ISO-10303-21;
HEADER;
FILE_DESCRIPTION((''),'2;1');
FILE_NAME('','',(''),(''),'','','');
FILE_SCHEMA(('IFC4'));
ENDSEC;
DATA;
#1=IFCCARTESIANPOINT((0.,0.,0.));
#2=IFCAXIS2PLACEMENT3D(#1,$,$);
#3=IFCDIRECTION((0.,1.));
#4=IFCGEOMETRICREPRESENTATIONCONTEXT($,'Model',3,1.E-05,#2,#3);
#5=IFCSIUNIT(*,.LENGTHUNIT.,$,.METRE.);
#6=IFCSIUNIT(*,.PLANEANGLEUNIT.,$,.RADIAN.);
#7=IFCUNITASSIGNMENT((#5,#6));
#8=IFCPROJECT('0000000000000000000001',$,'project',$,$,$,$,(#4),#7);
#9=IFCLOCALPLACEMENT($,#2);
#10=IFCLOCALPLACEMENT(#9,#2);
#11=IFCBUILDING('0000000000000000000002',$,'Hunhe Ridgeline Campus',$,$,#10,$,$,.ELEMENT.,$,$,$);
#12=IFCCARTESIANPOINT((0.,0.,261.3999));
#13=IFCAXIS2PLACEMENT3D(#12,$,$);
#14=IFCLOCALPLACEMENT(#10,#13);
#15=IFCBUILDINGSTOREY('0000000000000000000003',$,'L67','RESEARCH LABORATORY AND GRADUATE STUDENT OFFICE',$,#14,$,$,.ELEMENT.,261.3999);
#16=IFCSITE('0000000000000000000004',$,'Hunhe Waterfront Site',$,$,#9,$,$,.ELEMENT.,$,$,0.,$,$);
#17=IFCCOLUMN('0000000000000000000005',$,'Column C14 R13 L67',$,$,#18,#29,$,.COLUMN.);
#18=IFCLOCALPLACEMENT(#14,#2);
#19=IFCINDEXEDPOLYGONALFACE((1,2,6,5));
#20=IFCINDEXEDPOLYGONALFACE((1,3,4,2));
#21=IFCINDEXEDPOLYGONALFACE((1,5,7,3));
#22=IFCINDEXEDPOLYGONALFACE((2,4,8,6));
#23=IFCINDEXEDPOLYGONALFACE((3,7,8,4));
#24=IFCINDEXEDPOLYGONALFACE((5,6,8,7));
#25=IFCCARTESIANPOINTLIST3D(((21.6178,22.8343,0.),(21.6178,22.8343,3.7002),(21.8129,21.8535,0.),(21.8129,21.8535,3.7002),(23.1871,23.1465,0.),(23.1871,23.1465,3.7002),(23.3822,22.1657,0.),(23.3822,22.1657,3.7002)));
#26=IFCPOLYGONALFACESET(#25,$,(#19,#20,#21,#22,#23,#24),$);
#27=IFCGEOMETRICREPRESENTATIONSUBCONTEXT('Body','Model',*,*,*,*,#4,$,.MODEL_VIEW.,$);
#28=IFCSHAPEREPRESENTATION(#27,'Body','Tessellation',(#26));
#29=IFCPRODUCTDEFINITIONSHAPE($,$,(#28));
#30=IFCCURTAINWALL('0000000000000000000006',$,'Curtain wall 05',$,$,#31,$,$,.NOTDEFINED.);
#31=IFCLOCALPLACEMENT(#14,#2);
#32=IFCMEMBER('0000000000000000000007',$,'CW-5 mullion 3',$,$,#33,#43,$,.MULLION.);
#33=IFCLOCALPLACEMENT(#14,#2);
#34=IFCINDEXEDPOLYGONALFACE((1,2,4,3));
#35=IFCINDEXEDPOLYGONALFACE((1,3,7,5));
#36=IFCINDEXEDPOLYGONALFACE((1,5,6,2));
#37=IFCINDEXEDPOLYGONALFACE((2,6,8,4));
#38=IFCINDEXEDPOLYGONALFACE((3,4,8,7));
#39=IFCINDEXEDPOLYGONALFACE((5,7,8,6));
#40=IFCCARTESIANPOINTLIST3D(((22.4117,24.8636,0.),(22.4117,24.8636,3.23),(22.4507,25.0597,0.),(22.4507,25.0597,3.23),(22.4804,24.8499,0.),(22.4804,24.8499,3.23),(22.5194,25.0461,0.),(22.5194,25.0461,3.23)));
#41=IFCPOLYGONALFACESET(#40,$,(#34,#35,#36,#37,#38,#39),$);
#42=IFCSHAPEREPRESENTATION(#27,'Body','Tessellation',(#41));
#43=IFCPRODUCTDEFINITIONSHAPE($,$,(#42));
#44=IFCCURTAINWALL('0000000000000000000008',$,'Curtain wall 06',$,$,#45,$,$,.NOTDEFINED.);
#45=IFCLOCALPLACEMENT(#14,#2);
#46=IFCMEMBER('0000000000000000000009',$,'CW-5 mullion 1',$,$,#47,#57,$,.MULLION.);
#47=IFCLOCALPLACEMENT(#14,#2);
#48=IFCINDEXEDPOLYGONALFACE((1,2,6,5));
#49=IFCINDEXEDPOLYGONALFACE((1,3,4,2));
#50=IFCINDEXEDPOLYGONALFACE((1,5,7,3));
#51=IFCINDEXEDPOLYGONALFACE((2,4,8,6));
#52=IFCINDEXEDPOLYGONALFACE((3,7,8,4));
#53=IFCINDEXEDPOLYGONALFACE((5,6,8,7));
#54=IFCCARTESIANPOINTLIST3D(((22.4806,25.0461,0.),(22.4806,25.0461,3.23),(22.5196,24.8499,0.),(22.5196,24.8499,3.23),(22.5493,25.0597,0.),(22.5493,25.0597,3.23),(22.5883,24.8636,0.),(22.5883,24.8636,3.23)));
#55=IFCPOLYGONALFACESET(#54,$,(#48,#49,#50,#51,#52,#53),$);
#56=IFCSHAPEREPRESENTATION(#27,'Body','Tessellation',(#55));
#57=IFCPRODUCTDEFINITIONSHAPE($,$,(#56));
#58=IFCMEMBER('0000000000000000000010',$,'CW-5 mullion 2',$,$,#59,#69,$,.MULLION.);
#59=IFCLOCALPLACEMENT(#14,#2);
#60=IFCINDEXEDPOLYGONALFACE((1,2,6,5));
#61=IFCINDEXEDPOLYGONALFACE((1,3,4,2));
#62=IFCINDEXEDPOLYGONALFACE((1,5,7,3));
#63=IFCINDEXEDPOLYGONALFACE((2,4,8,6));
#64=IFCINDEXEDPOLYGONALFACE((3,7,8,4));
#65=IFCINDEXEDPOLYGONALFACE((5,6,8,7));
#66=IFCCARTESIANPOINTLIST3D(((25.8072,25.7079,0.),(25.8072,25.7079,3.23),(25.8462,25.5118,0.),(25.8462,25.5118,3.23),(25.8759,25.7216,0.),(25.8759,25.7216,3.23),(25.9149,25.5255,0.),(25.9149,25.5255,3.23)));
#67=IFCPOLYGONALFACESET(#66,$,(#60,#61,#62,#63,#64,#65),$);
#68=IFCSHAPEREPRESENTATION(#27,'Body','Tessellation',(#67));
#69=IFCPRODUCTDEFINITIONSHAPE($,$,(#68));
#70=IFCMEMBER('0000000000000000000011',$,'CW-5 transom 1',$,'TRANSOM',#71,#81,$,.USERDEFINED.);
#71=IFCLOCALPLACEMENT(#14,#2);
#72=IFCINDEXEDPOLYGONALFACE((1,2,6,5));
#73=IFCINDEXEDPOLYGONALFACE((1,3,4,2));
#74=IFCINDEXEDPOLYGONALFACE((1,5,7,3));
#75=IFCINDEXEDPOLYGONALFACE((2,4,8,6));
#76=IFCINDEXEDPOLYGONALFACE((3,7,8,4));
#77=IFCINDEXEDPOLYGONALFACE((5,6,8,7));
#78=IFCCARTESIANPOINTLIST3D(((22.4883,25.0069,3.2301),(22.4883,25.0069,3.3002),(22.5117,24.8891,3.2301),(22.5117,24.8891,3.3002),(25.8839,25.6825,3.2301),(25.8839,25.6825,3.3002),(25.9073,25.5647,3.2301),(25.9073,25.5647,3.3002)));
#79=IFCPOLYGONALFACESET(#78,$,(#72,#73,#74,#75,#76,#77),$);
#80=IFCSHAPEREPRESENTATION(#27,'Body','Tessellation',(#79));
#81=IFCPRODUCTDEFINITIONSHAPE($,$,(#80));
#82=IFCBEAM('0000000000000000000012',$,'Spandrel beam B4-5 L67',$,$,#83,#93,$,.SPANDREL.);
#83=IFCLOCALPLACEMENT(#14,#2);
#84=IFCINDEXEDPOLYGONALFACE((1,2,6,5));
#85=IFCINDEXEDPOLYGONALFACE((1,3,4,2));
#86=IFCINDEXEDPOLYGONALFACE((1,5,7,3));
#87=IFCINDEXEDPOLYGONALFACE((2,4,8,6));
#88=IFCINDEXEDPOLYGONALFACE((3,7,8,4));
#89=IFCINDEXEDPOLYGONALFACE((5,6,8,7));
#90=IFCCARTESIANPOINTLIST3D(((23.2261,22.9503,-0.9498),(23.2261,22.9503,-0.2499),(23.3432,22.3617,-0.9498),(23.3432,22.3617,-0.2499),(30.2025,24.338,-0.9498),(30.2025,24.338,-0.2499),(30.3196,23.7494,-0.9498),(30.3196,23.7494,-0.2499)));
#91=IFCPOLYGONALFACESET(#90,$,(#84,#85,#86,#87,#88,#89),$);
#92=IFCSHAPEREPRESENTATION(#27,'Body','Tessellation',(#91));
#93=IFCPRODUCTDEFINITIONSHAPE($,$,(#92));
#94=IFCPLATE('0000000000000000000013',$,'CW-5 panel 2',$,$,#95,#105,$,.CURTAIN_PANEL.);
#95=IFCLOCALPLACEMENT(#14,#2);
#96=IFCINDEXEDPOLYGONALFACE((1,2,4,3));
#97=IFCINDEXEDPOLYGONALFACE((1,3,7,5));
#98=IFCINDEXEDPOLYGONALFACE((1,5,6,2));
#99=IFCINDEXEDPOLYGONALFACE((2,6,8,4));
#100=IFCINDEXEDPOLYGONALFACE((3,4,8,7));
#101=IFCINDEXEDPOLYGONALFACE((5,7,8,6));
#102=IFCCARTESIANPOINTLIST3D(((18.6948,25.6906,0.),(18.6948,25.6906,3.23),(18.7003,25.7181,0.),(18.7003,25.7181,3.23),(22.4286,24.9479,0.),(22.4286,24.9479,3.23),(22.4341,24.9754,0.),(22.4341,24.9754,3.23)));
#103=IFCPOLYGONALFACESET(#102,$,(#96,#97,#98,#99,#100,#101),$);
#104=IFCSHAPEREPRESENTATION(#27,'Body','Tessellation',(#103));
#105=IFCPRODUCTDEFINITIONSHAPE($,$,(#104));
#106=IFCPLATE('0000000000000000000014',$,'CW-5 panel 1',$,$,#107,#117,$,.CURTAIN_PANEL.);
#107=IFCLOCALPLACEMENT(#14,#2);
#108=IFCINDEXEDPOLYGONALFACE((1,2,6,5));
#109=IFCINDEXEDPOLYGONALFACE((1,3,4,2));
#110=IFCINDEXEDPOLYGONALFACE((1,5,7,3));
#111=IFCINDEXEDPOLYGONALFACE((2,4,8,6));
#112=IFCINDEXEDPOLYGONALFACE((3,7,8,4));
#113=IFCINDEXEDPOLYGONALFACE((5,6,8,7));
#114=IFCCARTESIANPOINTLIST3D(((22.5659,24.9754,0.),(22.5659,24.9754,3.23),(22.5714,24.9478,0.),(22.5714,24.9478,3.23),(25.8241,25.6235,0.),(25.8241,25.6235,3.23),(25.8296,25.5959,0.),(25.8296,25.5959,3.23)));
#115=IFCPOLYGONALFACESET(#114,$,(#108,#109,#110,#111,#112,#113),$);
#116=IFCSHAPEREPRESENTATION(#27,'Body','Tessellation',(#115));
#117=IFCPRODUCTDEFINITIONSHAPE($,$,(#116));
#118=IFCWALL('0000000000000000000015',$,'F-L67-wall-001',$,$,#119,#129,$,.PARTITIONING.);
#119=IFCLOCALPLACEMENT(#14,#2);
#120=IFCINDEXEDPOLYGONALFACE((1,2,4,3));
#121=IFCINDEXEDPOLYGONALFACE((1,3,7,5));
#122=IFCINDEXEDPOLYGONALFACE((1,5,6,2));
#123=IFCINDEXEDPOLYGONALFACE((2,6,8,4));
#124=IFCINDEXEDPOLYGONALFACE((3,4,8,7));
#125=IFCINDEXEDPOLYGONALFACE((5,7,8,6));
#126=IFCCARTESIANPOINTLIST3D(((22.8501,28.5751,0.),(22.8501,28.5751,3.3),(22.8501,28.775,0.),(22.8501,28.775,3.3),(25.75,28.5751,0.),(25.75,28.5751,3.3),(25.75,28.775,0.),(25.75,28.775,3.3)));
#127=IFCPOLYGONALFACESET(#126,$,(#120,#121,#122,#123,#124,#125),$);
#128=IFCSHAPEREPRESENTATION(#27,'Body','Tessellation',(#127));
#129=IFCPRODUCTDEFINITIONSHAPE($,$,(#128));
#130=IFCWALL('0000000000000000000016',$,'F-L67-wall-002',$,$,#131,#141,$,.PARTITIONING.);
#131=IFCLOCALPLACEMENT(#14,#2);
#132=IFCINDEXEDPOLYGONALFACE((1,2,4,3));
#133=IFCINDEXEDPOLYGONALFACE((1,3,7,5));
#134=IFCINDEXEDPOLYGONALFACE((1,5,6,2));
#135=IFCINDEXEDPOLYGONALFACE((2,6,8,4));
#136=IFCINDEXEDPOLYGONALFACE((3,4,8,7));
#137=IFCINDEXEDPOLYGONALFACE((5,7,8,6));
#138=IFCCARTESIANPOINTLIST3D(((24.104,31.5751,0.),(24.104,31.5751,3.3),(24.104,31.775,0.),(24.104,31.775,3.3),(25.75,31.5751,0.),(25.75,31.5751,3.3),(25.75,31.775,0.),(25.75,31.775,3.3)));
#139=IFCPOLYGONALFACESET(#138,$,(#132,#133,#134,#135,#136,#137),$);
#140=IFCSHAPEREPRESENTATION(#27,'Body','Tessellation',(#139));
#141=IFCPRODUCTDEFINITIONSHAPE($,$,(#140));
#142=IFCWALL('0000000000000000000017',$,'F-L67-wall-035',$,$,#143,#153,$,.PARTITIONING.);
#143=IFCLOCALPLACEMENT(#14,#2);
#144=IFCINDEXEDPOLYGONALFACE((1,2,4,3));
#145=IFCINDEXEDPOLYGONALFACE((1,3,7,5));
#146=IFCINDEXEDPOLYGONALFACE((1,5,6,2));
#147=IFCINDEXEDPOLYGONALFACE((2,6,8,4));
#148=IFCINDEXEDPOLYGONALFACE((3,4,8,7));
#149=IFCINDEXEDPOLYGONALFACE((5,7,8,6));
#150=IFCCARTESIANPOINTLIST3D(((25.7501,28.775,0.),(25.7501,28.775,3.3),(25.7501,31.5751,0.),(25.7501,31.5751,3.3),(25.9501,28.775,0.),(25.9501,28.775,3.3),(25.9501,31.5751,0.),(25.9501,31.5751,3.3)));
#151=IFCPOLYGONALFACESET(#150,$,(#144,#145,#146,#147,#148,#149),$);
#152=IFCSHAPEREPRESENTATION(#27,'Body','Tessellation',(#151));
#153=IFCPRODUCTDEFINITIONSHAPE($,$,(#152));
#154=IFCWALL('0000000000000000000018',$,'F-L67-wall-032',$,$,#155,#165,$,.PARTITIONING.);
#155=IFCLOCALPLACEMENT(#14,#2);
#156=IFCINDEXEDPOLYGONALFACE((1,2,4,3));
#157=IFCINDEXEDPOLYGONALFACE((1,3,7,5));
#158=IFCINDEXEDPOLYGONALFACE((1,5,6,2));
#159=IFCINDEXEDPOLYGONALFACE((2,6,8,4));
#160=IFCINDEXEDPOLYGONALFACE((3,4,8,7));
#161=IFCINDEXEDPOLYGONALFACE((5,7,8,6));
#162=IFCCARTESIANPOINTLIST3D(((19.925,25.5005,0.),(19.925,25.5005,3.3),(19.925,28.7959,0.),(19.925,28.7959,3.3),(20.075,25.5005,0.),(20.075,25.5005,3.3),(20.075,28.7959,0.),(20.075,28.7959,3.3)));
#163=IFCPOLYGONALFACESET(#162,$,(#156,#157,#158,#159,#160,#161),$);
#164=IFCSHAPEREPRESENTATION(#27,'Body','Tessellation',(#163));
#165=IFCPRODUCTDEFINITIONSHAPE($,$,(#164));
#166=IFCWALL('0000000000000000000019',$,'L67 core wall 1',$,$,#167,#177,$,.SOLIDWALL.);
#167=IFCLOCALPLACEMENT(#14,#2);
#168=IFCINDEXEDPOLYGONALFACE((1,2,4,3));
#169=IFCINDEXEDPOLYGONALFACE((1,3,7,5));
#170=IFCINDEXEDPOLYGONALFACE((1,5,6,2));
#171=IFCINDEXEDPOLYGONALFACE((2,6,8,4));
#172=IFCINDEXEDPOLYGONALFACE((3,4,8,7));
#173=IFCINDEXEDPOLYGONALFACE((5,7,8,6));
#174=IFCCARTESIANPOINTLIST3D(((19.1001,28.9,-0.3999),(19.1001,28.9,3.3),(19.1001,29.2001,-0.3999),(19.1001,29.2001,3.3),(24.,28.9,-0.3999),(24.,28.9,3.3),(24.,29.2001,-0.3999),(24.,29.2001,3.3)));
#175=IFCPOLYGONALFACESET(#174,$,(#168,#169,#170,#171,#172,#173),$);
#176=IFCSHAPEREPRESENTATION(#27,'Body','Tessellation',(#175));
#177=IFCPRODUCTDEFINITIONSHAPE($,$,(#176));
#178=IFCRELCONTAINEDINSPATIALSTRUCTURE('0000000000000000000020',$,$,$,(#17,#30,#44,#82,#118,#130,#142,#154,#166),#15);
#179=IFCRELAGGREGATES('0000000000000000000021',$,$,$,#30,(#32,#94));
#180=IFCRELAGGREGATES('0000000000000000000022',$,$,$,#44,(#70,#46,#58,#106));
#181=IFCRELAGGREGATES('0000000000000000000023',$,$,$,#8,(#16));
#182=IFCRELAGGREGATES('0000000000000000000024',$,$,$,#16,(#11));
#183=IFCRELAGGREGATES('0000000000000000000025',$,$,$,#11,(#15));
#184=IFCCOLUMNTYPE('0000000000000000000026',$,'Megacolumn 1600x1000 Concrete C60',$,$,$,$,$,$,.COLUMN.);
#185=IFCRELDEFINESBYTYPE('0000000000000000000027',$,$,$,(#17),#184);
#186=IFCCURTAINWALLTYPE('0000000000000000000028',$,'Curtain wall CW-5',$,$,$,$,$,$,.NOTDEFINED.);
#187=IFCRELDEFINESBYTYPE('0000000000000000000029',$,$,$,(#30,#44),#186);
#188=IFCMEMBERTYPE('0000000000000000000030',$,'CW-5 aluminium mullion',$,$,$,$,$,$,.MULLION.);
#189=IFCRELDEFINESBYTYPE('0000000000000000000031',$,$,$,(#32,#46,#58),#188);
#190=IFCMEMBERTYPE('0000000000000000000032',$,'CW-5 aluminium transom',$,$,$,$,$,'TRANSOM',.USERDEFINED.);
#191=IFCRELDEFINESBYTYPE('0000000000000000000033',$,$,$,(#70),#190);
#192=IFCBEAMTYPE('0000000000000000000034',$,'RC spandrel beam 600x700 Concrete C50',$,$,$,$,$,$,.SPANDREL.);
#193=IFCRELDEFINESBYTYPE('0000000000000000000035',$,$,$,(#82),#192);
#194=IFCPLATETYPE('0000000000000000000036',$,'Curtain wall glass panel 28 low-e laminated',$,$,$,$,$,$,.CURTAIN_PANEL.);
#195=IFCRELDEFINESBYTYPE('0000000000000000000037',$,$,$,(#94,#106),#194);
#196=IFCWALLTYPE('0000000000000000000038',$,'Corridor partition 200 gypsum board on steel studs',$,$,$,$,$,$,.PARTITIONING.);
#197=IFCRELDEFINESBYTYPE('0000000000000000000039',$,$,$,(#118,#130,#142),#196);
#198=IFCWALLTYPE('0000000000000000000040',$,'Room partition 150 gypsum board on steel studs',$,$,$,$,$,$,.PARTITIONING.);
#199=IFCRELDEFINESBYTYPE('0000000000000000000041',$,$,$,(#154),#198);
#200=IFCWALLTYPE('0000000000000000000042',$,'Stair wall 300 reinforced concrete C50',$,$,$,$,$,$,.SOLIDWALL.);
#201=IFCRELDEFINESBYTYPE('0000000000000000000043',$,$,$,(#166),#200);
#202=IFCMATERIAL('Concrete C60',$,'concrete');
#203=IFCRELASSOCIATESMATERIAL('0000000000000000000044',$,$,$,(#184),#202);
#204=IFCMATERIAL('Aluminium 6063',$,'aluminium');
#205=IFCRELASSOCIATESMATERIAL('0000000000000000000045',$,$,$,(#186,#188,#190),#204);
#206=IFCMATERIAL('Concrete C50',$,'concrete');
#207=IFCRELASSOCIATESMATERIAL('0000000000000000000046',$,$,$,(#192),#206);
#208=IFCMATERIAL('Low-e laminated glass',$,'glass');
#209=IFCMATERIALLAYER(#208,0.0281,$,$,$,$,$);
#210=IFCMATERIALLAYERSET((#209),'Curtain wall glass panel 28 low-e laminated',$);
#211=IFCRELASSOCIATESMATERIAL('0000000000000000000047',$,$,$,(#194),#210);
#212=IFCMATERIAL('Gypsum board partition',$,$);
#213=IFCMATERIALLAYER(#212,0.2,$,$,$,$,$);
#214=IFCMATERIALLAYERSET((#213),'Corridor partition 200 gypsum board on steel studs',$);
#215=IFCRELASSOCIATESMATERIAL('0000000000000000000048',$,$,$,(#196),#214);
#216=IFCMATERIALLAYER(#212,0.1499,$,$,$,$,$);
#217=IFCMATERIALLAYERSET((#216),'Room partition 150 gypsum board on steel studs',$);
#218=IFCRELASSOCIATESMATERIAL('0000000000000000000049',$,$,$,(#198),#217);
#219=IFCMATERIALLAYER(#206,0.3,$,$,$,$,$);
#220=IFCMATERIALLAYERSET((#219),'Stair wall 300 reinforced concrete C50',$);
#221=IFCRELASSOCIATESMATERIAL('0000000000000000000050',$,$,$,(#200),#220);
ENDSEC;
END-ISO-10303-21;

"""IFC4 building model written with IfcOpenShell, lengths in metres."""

from ifc_helpers import new_model, si_unit, direction, frame, frame_2d, origin, origin_2d, place, context, subcontext, project, spatial, rectangle, extrude, material, layer, layer_set, material_profile, profile_set, type_object, element, aggregate, save


model = new_model("IFC4")

# Units and contexts
model_context = context("Model", 3, precision=1e-05, world=origin(), true_north=direction((0.0, 1.0)))
body_context = subcontext(model_context, "Body", "Model", "MODEL_VIEW")
ifc_project = project(units=[si_unit("LENGTHUNIT", "METRE"), si_unit("PLANEANGLEUNIT", "RADIAN")], contexts=[model_context])

# Site, building, storey
site_placement = place(None, origin())
site = spatial("IfcSite", under=ifc_project, at=site_placement, Name="Hunhe Waterfront Site", CompositionType="ELEMENT", RefElevation=0.0)
building_placement = place(site_placement, origin())
building = spatial("IfcBuilding", under=site, at=building_placement, Name="Hunhe Ridgeline Campus", CompositionType="ELEMENT")
storey_placement = place(building_placement, frame((0.0, 0.0, 261.3999)))
storey = spatial("IfcBuildingStorey", under=building, at=storey_placement, Name="L67", Description="RESEARCH LABORATORY AND GRADUATE STUDENT OFFICE", CompositionType="ELEMENT", Elevation=261.3999)

# Column
ifc_material_1 = material(Name="Concrete C60", Category="concrete")
ifc_material_profile_1 = material_profile(ifc_material_1, rectangle(XDim=1.6001, YDim=1.0, at=origin_2d()))
ifc_profile_set_1 = profile_set([ifc_material_profile_1], Name="Concrete C60")
column_type = type_object("IfcColumnType", Name="Megacolumn 1600x1000 Concrete C60", PredefinedType="COLUMN", material=ifc_profile_set_1)
column_placement = place(storey_placement, frame((22.5, 22.5, 0.0), z_axis=(0.0, 0.0, 1.0), x_axis=(0.980785, 0.19509, 0.0)))
element("IfcColumn", 1, at=column_placement, inside=storey, type_object=column_type, Name="Column C14 R13 L67", PredefinedType="COLUMN", context=body_context, shape_type="SweptSolid", body=[
    extrude(rectangle(XDim=1.6001, YDim=1.0, at=origin_2d()), origin(), (0.0, 0.0, 1.0), 3.7002),
])

# Curtain wall, member
ifc_material_2 = material(Name="Aluminium 6063", Category="aluminium")
curtain_wall_type = type_object("IfcCurtainWallType", Name="Curtain wall CW-5", PredefinedType="NOTDEFINED", material=ifc_material_2)
curtain_wall_1_placement = place(storey_placement, origin())
curtain_wall_1 = element("IfcCurtainWall", 2, at=curtain_wall_1_placement, inside=storey, type_object=curtain_wall_type, Name="Curtain wall 05", PredefinedType="NOTDEFINED")
ifc_material_profile_2 = material_profile(ifc_material_2, rectangle(XDim=0.2, YDim=0.0701, at=origin_2d()))
ifc_profile_set_2 = profile_set([ifc_material_profile_2], Name="Aluminium 6063")
member_type_1 = type_object("IfcMemberType", Name="CW-5 aluminium mullion", PredefinedType="MULLION", material=ifc_profile_set_2)
member_1_placement = place(storey_placement, frame((22.4656, 24.9548, 0.0), z_axis=(0.0, 0.0, 1.0), x_axis=(0.19509, 0.980785, 0.0)))
member_1 = element("IfcMember", 3, at=member_1_placement, type_object=member_type_1, Name="CW-5 mullion 3", PredefinedType="MULLION", context=body_context, shape_type="SweptSolid", body=[
    extrude(rectangle(XDim=0.2, YDim=0.0701, at=origin_2d()), origin(), (0.0, 0.0, 1.0), 3.23),
])

# Curtain wall, members
curtain_wall_2_placement = place(storey_placement, origin())
curtain_wall_2 = element("IfcCurtainWall", 4, at=curtain_wall_2_placement, inside=storey, type_object=curtain_wall_type, Name="Curtain wall 06", PredefinedType="NOTDEFINED")
member_2_placement = place(storey_placement, frame((22.5344, 24.9548, 0.0), z_axis=(0.0, 0.0, 1.0), x_axis=(-0.19509, 0.980785, 0.0)))
member_2 = element("IfcMember", 5, at=member_2_placement, type_object=member_type_1, Name="CW-5 mullion 1", PredefinedType="MULLION", context=body_context, shape_type="SweptSolid", body=[
    extrude(rectangle(XDim=0.2, YDim=0.0701, at=origin_2d()), origin(), (0.0, 0.0, 1.0), 3.23),
])
member_3_placement = place(storey_placement, frame((25.8611, 25.6167, 0.0), z_axis=(0.0, 0.0, 1.0), x_axis=(-0.19509, 0.980785, 0.0)))
member_3 = element("IfcMember", 6, at=member_3_placement, type_object=member_type_1, Name="CW-5 mullion 2", PredefinedType="MULLION", context=body_context, shape_type="SweptSolid", body=[
    extrude(rectangle(XDim=0.2, YDim=0.0701, at=origin_2d()), origin(), (0.0, 0.0, 1.0), 3.23),
])
ifc_material_profile_3 = material_profile(ifc_material_2, rectangle(XDim=0.1201, YDim=0.0701, at=origin_2d()))
ifc_profile_set_3 = profile_set([ifc_material_profile_3], Name="Aluminium 6063")
member_type_2 = type_object("IfcMemberType", Name="CW-5 aluminium transom", ElementType="TRANSOM", PredefinedType="USERDEFINED", material=ifc_profile_set_3)
member_4_placement = place(storey_placement, frame((22.5, 24.948, 3.2651), z_axis=(0.980778, 0.195126, 0.0), x_axis=(-0.195126, 0.980778, 0.0)))
member_4 = element("IfcMember", 7, at=member_4_placement, type_object=member_type_2, Name="CW-5 transom 1", ObjectType="TRANSOM", PredefinedType="USERDEFINED", context=body_context, shape_type="SweptSolid", body=[
    extrude(rectangle(XDim=0.1201, YDim=0.0701, at=origin_2d()), origin(), (0.0, 0.0, 1.0), 3.4622),
])

# Beam
ifc_material_3 = material(Name="Concrete C50", Category="concrete")
ifc_material_profile_4 = material_profile(ifc_material_3, rectangle(XDim=0.6001, YDim=0.7, at=origin_2d()))
ifc_profile_set_4 = profile_set([ifc_material_profile_4], Name="Concrete C50")
beam_type = type_object("IfcBeamType", Name="RC spandrel beam 600x700 Concrete C50", PredefinedType="SPANDREL", material=ifc_profile_set_4)
beam_placement = place(storey_placement, frame((23.2847, 22.656, -0.5999), z_axis=(0.980785, 0.195093, 0.0), x_axis=(-0.195093, 0.980785, 0.0)))
element("IfcBeam", 8, at=beam_placement, inside=storey, type_object=beam_type, Name="Spandrel beam B4-5 L67", PredefinedType="SPANDREL", context=body_context, shape_type="SweptSolid", body=[
    extrude(rectangle(XDim=0.6001, YDim=0.7, at=origin_2d()), origin(), (0.0, 0.0, 1.0), 7.113),
])

# Plates
ifc_material_4 = material(Name="Low-e laminated glass", Category="glass")
ifc_layer_1 = layer(ifc_material_4, 0.0281)
ifc_layer_set_1 = layer_set([ifc_layer_1], Name="Curtain wall glass panel 28 low-e laminated")
plate_type = type_object("IfcPlateType", Name="Curtain wall glass panel 28 low-e laminated", PredefinedType="CURTAIN_PANEL", material=ifc_layer_set_1)
plate_1_placement = place(storey_placement, frame((20.5645, 25.333, 0.0), z_axis=(0.0, 0.0, 1.0), x_axis=(0.980785, -0.19509, 0.0)))
plate_1 = element("IfcPlate", 9, at=plate_1_placement, type_object=plate_type, Name="CW-5 panel 2", PredefinedType="CURTAIN_PANEL", context=body_context, shape_type="SweptSolid", body=[
    extrude(rectangle(XDim=3.8069, YDim=0.0281, at=origin_2d()), origin(), (0.0, 0.0, 1.0), 3.23),
])
aggregate(curtain_wall_1, [member_1, plate_1])
plate_2_placement = place(storey_placement, frame((24.1978, 25.2856, 0.0), z_axis=(0.0, 0.0, 1.0), x_axis=(0.980785, 0.19509, 0.0)))
plate_2 = element("IfcPlate", 10, at=plate_2_placement, type_object=plate_type, Name="CW-5 panel 1", PredefinedType="CURTAIN_PANEL", context=body_context, shape_type="SweptSolid", body=[
    extrude(rectangle(XDim=3.322, YDim=0.0281, at=origin_2d()), origin(), (0.0, 0.0, 1.0), 3.23),
])
aggregate(curtain_wall_2, [member_4, member_2, member_3, plate_2])

# Walls
ifc_material_5 = material(Name="Gypsum board partition")
ifc_layer_2 = layer(ifc_material_5, 0.2)
ifc_layer_set_2 = layer_set([ifc_layer_2], Name="Corridor partition 200 gypsum board on steel studs")
wall_type_1 = type_object("IfcWallType", Name="Corridor partition 200 gypsum board on steel studs", PredefinedType="PARTITIONING", material=ifc_layer_set_2)
wall_1_placement = place(storey_placement, frame((25.75, 28.675, 0.0), z_axis=(0.0, 0.0, 1.0), x_axis=(-1.0, 0.0, 0.0)))
element("IfcWall", 11, at=wall_1_placement, inside=storey, type_object=wall_type_1, Name="F-L67-wall-001", PredefinedType="PARTITIONING", context=body_context, shape_type="SweptSolid", body=[
    extrude(rectangle(XDim=2.8999, YDim=0.2, at=frame_2d((1.45, 0.0))), origin(), (0.0, 0.0, 1.0), 3.3),
])
wall_2_placement = place(storey_placement, frame((24.104, 31.675, 0.0), z_axis=(0.0, 0.0, 1.0), x_axis=(1.0, 0.0, 0.0)))
element("IfcWall", 12, at=wall_2_placement, inside=storey, type_object=wall_type_1, Name="F-L67-wall-002", PredefinedType="PARTITIONING", context=body_context, shape_type="SweptSolid", body=[
    extrude(rectangle(XDim=1.646, YDim=0.2, at=frame_2d((0.823, 0.0))), origin(), (0.0, 0.0, 1.0), 3.3),
])
wall_3_placement = place(storey_placement, frame((25.8501, 31.575, 0.0), z_axis=(0.0, 0.0, 1.0), x_axis=(0.0, -1.0, 0.0)))
element("IfcWall", 13, at=wall_3_placement, inside=storey, type_object=wall_type_1, Name="F-L67-wall-035", PredefinedType="PARTITIONING", context=body_context, shape_type="SweptSolid", body=[
    extrude(rectangle(XDim=2.8, YDim=0.2, at=frame_2d((1.3999, 0.0))), origin(), (0.0, 0.0, 1.0), 3.3),
])
ifc_layer_3 = layer(ifc_material_5, 0.1499)
ifc_layer_set_3 = layer_set([ifc_layer_3], Name="Room partition 150 gypsum board on steel studs")
wall_type_2 = type_object("IfcWallType", Name="Room partition 150 gypsum board on steel studs", PredefinedType="PARTITIONING", material=ifc_layer_set_3)
wall_4_placement = place(storey_placement, frame((20.0, 28.7959, 0.0), z_axis=(0.0, 0.0, 1.0), x_axis=(0.0, -1.0, 0.0)))
element("IfcWall", 14, at=wall_4_placement, inside=storey, type_object=wall_type_2, Name="F-L67-wall-032", PredefinedType="PARTITIONING", context=body_context, shape_type="SweptSolid", body=[
    extrude(rectangle(XDim=3.2954, YDim=0.1499, at=frame_2d((1.6477, 0.0))), origin(), (0.0, 0.0, 1.0), 3.3),
])
ifc_layer_4 = layer(ifc_material_3, 0.3)
ifc_layer_set_4 = layer_set([ifc_layer_4], Name="Stair wall 300 reinforced concrete C50")
wall_type_3 = type_object("IfcWallType", Name="Stair wall 300 reinforced concrete C50", PredefinedType="SOLIDWALL", material=ifc_layer_set_4)
wall_5_placement = place(storey_placement, frame((19.1001, 29.05, -0.3999), z_axis=(0.0, 0.0, 1.0), x_axis=(1.0, 0.0, 0.0)))
element("IfcWall", 15, at=wall_5_placement, inside=storey, type_object=wall_type_3, Name="L67 core wall 1", PredefinedType="SOLIDWALL", context=body_context, shape_type="SweptSolid", body=[
    extrude(rectangle(XDim=4.8999, YDim=0.3, at=frame_2d((2.45, 0.0))), origin(), (0.0, 0.0, 1.0), 3.7),
])

save(model, "model.ifc")
